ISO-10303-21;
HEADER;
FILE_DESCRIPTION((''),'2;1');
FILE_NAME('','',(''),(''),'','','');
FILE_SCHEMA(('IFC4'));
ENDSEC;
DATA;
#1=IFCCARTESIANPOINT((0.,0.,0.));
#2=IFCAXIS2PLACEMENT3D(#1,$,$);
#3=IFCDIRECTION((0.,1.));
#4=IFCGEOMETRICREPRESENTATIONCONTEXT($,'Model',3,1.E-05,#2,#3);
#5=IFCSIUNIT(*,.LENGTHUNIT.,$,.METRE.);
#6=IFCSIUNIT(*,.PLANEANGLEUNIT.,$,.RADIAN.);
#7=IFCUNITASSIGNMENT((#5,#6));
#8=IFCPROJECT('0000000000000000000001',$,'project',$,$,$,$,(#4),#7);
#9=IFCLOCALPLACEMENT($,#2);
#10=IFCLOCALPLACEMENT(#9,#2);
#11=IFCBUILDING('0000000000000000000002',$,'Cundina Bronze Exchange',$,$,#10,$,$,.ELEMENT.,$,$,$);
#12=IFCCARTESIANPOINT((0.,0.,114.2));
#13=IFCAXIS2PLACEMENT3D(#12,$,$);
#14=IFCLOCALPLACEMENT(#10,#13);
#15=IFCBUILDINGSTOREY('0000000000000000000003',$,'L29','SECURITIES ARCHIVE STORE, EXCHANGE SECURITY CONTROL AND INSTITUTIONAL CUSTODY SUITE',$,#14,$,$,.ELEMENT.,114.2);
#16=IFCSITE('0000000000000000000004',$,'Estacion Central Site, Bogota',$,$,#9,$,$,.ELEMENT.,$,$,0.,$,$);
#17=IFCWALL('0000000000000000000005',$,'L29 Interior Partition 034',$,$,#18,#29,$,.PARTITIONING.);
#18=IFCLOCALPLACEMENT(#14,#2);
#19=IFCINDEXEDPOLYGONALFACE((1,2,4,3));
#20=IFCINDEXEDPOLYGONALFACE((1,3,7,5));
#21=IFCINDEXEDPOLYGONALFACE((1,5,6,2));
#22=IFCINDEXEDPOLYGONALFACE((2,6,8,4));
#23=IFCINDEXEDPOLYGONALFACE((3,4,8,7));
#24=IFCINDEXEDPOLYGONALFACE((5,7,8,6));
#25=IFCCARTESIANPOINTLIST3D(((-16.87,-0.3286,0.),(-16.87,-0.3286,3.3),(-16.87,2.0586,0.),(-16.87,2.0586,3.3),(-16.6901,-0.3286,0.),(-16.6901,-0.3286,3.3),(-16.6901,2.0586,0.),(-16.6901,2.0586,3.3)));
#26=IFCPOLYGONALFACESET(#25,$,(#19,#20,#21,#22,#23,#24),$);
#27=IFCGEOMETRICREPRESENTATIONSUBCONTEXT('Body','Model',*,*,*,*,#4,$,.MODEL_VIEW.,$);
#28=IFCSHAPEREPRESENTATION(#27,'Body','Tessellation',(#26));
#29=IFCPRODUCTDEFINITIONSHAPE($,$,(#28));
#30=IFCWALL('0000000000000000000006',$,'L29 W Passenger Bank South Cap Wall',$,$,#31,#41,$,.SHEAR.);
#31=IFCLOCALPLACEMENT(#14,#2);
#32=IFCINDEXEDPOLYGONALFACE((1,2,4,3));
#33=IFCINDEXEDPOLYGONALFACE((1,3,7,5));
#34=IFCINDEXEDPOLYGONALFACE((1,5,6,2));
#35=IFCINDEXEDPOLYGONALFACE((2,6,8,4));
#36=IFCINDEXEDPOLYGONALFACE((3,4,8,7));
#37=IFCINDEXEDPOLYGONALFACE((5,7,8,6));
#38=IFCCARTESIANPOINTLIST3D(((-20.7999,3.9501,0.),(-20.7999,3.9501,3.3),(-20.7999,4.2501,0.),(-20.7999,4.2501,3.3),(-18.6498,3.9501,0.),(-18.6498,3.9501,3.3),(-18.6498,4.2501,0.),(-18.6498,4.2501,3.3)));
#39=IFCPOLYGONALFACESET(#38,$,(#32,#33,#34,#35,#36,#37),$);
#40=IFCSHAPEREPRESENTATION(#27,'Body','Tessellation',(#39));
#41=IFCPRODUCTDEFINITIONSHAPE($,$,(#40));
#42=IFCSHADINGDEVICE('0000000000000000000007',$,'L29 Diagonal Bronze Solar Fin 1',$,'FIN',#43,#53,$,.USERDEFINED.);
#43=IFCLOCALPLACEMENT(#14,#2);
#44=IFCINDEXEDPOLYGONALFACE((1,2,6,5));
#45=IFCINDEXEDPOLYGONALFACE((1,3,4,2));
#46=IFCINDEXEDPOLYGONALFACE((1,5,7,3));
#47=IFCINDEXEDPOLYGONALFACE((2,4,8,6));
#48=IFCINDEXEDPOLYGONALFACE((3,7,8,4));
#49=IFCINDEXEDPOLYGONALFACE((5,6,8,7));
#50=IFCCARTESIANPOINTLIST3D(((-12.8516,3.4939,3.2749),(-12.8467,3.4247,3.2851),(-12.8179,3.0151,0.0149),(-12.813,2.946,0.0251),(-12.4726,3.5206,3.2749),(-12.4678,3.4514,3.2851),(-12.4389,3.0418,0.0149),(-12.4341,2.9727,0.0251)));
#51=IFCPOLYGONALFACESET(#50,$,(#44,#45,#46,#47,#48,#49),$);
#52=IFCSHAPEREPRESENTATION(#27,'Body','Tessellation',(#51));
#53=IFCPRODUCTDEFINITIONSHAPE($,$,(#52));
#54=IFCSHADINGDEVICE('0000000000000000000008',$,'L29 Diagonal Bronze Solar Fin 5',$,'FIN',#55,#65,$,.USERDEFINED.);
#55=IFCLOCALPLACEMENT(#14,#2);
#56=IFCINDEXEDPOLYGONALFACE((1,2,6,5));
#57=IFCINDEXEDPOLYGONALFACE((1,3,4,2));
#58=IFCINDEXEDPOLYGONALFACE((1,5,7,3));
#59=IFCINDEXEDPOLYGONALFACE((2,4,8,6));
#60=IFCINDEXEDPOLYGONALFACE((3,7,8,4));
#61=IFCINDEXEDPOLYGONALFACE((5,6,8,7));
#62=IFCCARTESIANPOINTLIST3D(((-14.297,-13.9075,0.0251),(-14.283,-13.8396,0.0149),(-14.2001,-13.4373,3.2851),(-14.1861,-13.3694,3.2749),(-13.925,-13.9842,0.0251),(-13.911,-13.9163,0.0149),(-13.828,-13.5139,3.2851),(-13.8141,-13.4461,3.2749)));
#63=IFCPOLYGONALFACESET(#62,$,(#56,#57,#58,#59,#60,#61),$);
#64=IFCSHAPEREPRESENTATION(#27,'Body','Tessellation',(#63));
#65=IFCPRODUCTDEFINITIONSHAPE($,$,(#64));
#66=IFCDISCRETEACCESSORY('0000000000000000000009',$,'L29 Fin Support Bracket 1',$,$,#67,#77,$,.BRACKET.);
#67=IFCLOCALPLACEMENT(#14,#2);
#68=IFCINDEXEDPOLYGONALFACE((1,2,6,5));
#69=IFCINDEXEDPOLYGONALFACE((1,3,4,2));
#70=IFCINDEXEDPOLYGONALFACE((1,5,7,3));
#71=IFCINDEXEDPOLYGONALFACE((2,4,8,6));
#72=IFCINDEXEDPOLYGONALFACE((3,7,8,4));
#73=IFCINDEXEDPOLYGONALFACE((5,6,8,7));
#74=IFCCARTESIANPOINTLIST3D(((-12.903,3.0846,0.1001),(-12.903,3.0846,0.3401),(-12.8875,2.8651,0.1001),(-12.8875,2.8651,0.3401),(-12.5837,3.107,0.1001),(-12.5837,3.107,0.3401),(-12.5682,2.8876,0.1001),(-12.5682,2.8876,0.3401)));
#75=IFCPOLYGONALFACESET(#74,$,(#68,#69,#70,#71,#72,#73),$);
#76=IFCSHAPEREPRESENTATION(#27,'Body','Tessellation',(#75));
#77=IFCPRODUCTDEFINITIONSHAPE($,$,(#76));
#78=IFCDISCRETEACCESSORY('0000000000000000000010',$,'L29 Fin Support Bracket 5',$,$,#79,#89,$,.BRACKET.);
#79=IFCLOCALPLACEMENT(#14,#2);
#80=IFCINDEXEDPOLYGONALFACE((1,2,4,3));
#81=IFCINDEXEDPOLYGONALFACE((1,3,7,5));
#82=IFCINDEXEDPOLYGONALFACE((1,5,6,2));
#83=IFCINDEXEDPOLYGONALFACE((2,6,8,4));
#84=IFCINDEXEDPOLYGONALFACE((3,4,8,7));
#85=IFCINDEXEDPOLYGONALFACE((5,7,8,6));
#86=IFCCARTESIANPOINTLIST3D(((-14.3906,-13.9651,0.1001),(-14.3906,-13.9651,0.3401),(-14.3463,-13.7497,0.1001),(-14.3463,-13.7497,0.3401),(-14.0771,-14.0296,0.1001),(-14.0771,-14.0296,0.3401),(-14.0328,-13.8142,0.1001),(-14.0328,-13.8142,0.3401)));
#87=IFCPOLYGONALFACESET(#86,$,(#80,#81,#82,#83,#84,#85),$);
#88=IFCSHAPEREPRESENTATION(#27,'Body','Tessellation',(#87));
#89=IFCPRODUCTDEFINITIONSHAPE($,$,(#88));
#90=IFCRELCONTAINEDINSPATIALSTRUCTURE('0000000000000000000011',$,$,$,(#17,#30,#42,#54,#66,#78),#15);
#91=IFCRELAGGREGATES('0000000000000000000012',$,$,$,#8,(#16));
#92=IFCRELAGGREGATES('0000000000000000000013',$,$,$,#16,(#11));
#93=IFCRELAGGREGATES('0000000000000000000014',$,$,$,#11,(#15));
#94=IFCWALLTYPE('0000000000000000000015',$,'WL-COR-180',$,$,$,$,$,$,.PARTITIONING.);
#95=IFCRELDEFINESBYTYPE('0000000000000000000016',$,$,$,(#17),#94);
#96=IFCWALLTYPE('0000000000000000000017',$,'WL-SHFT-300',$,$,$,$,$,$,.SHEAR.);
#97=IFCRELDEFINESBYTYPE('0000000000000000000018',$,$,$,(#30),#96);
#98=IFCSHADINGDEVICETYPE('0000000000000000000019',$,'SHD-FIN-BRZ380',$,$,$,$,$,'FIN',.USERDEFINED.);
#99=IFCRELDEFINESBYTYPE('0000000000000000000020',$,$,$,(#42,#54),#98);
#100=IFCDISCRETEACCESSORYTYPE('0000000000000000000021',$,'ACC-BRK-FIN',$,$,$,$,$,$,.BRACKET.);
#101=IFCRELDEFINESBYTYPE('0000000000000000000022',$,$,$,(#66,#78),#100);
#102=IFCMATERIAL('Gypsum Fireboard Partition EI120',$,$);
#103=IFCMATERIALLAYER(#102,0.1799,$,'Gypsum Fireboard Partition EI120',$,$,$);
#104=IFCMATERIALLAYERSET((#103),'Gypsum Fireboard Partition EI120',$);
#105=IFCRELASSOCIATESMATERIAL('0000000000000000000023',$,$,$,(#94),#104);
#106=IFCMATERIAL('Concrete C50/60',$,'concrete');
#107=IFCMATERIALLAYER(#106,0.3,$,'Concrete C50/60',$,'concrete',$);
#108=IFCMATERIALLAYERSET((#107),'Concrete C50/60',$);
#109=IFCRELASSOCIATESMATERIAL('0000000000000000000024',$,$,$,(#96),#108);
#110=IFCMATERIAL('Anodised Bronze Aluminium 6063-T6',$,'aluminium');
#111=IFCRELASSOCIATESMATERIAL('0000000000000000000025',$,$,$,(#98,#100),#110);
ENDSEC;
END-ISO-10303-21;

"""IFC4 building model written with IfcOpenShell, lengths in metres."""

from ifc_helpers import new_model, si_unit, direction, frame, frame_2d, origin, origin_2d, place, context, subcontext, project, spatial, rectangle, extrude, material, layer, layer_set, material_profile, profile_set, type_object, element, save


model = new_model("IFC4")

# Units and contexts
model_context = context("Model", 3, precision=1e-05, world=origin(), true_north=direction((0.0, 1.0)))
body_context = subcontext(model_context, "Body", "Model", "MODEL_VIEW")
ifc_project = project(units=[si_unit("LENGTHUNIT", "METRE"), si_unit("PLANEANGLEUNIT", "RADIAN")], contexts=[model_context])

# Site, building, storey
site_placement = place(None, origin())
site = spatial("IfcSite", under=ifc_project, at=site_placement, Name="Estacion Central Site, Bogota", CompositionType="ELEMENT", RefElevation=0.0)
building_placement = place(site_placement, origin())
building = spatial("IfcBuilding", under=site, at=building_placement, Name="Cundina Bronze Exchange", CompositionType="ELEMENT")
storey_placement = place(building_placement, frame((0.0, 0.0, 114.2)))
storey = spatial("IfcBuildingStorey", under=building, at=storey_placement, Name="L29", Description="SECURITIES ARCHIVE STORE, EXCHANGE SECURITY CONTROL AND INSTITUTIONAL CUSTODY SUITE", CompositionType="ELEMENT", Elevation=114.2)

# Shared definitions
ifc_material_1 = material(Name="Anodised Bronze Aluminium 6063-T6", Category="aluminium")

# Shared definitions
ifc_material_2 = material(Name="Concrete C50/60", Category="concrete")

# Walls
ifc_material_3 = material(Name="Gypsum Fireboard Partition EI120")
ifc_layer_1 = layer(ifc_material_3, 0.1799, Name="Gypsum Fireboard Partition EI120")
ifc_layer_set_1 = layer_set([ifc_layer_1], Name="Gypsum Fireboard Partition EI120")
wall_type_1 = type_object("IfcWallType", Name="WL-COR-180", PredefinedType="PARTITIONING", material=ifc_layer_set_1)
wall_1_placement = place(storey_placement, frame((-16.78, -0.3286, 0.0), z_axis=(0.0, 0.0, 1.0), x_axis=(0.0, 1.0, 0.0)))
element("IfcWall", 1, at=wall_1_placement, inside=storey, type_object=wall_type_1, Name="L29 Interior Partition 034", PredefinedType="PARTITIONING", context=body_context, shape_type="SweptSolid", body=[
    extrude(rectangle(XDim=2.3872, YDim=0.1799, at=frame_2d((1.1936, 0.0))), origin(), (0.0, 0.0, 1.0), 3.3),
])
ifc_layer_2 = layer(ifc_material_2, 0.3, Name="Concrete C50/60", Category="concrete")
ifc_layer_set_2 = layer_set([ifc_layer_2], Name="Concrete C50/60")
wall_type_2 = type_object("IfcWallType", Name="WL-SHFT-300", PredefinedType="SHEAR", material=ifc_layer_set_2)
wall_2_placement = place(storey_placement, frame((-20.8, 4.1001, 0.0), z_axis=(0.0, 0.0, 1.0), x_axis=(1.0, 0.0, 0.0)))
element("IfcWall", 2, at=wall_2_placement, inside=storey, type_object=wall_type_2, Name="L29 W Passenger Bank South Cap Wall", PredefinedType="SHEAR", context=body_context, shape_type="SweptSolid", body=[
    extrude(rectangle(XDim=2.1501, YDim=0.3, at=frame_2d((1.0752, 0.0))), origin(), (0.0, 0.0, 1.0), 3.3),
])

# Shading devices
ifc_material_profile_1 = material_profile(ifc_material_1, rectangle(XDim=0.0701, YDim=0.3799, at=origin_2d()), Name="FIN70X380", Category="aluminium")
ifc_profile_set_1 = profile_set([ifc_material_profile_1], Name="Anodised Bronze Aluminium 6063-T6")
shading_device_type = type_object("IfcShadingDeviceType", Name="SHD-FIN-BRZ380", ElementType="FIN", PredefinedType="USERDEFINED", material=ifc_profile_set_1)
for number, where, z_axis, x_axis, name in (
    (3, (-12.626, 2.9939, 0.02), (-0.010225, 0.145292, 0.989336), (0.06945, -0.986895, 0.145652), "L29 Diagonal Bronze Solar Fin 1"),
    (4, (-14.104, -13.9119, 0.02), (0.029414, 0.142698, 0.989329), (-0.199728, -0.968959, 0.145698), "L29 Diagonal Bronze Solar Fin 5"),
):
    element("IfcShadingDevice", number, at=place(storey_placement, frame(where, z_axis=z_axis, x_axis=x_axis)), inside=storey, type_object=shading_device_type, Name=name, ObjectType="FIN", PredefinedType="USERDEFINED", context=body_context, shape_type="SweptSolid", body=[
        extrude(rectangle(XDim=0.0701, YDim=0.3799, at=origin_2d()), origin(), (0.0, 0.0, 1.0), 3.2952),
    ])

# Discrete accessories
discrete_accessory_type = type_object("IfcDiscreteAccessoryType", Name="ACC-BRK-FIN", PredefinedType="BRACKET", material=ifc_material_1)
for number, where, z_axis, x_axis, name in (
    (5, (-12.7356, 2.9861, 0.1001), (0.0, 0.0, 1.0), (-0.070279, 0.997527, 0.0), "L29 Fin Support Bracket 1"),
    (6, (-14.2117, -13.8896, 0.1001), (0.0, 0.0, 1.0), (0.20142, 0.979505, 0.0), "L29 Fin Support Bracket 5"),
):
    element("IfcDiscreteAccessory", number, at=place(storey_placement, frame(where, z_axis=z_axis, x_axis=x_axis)), inside=storey, type_object=discrete_accessory_type, Name=name, PredefinedType="BRACKET", context=body_context, shape_type="SweptSolid", body=[
        extrude(rectangle(XDim=0.22, YDim=0.3201, at=origin_2d()), origin(), (0.0, 0.0, 1.0), 0.24),
    ])

save(model, "model.ifc")
